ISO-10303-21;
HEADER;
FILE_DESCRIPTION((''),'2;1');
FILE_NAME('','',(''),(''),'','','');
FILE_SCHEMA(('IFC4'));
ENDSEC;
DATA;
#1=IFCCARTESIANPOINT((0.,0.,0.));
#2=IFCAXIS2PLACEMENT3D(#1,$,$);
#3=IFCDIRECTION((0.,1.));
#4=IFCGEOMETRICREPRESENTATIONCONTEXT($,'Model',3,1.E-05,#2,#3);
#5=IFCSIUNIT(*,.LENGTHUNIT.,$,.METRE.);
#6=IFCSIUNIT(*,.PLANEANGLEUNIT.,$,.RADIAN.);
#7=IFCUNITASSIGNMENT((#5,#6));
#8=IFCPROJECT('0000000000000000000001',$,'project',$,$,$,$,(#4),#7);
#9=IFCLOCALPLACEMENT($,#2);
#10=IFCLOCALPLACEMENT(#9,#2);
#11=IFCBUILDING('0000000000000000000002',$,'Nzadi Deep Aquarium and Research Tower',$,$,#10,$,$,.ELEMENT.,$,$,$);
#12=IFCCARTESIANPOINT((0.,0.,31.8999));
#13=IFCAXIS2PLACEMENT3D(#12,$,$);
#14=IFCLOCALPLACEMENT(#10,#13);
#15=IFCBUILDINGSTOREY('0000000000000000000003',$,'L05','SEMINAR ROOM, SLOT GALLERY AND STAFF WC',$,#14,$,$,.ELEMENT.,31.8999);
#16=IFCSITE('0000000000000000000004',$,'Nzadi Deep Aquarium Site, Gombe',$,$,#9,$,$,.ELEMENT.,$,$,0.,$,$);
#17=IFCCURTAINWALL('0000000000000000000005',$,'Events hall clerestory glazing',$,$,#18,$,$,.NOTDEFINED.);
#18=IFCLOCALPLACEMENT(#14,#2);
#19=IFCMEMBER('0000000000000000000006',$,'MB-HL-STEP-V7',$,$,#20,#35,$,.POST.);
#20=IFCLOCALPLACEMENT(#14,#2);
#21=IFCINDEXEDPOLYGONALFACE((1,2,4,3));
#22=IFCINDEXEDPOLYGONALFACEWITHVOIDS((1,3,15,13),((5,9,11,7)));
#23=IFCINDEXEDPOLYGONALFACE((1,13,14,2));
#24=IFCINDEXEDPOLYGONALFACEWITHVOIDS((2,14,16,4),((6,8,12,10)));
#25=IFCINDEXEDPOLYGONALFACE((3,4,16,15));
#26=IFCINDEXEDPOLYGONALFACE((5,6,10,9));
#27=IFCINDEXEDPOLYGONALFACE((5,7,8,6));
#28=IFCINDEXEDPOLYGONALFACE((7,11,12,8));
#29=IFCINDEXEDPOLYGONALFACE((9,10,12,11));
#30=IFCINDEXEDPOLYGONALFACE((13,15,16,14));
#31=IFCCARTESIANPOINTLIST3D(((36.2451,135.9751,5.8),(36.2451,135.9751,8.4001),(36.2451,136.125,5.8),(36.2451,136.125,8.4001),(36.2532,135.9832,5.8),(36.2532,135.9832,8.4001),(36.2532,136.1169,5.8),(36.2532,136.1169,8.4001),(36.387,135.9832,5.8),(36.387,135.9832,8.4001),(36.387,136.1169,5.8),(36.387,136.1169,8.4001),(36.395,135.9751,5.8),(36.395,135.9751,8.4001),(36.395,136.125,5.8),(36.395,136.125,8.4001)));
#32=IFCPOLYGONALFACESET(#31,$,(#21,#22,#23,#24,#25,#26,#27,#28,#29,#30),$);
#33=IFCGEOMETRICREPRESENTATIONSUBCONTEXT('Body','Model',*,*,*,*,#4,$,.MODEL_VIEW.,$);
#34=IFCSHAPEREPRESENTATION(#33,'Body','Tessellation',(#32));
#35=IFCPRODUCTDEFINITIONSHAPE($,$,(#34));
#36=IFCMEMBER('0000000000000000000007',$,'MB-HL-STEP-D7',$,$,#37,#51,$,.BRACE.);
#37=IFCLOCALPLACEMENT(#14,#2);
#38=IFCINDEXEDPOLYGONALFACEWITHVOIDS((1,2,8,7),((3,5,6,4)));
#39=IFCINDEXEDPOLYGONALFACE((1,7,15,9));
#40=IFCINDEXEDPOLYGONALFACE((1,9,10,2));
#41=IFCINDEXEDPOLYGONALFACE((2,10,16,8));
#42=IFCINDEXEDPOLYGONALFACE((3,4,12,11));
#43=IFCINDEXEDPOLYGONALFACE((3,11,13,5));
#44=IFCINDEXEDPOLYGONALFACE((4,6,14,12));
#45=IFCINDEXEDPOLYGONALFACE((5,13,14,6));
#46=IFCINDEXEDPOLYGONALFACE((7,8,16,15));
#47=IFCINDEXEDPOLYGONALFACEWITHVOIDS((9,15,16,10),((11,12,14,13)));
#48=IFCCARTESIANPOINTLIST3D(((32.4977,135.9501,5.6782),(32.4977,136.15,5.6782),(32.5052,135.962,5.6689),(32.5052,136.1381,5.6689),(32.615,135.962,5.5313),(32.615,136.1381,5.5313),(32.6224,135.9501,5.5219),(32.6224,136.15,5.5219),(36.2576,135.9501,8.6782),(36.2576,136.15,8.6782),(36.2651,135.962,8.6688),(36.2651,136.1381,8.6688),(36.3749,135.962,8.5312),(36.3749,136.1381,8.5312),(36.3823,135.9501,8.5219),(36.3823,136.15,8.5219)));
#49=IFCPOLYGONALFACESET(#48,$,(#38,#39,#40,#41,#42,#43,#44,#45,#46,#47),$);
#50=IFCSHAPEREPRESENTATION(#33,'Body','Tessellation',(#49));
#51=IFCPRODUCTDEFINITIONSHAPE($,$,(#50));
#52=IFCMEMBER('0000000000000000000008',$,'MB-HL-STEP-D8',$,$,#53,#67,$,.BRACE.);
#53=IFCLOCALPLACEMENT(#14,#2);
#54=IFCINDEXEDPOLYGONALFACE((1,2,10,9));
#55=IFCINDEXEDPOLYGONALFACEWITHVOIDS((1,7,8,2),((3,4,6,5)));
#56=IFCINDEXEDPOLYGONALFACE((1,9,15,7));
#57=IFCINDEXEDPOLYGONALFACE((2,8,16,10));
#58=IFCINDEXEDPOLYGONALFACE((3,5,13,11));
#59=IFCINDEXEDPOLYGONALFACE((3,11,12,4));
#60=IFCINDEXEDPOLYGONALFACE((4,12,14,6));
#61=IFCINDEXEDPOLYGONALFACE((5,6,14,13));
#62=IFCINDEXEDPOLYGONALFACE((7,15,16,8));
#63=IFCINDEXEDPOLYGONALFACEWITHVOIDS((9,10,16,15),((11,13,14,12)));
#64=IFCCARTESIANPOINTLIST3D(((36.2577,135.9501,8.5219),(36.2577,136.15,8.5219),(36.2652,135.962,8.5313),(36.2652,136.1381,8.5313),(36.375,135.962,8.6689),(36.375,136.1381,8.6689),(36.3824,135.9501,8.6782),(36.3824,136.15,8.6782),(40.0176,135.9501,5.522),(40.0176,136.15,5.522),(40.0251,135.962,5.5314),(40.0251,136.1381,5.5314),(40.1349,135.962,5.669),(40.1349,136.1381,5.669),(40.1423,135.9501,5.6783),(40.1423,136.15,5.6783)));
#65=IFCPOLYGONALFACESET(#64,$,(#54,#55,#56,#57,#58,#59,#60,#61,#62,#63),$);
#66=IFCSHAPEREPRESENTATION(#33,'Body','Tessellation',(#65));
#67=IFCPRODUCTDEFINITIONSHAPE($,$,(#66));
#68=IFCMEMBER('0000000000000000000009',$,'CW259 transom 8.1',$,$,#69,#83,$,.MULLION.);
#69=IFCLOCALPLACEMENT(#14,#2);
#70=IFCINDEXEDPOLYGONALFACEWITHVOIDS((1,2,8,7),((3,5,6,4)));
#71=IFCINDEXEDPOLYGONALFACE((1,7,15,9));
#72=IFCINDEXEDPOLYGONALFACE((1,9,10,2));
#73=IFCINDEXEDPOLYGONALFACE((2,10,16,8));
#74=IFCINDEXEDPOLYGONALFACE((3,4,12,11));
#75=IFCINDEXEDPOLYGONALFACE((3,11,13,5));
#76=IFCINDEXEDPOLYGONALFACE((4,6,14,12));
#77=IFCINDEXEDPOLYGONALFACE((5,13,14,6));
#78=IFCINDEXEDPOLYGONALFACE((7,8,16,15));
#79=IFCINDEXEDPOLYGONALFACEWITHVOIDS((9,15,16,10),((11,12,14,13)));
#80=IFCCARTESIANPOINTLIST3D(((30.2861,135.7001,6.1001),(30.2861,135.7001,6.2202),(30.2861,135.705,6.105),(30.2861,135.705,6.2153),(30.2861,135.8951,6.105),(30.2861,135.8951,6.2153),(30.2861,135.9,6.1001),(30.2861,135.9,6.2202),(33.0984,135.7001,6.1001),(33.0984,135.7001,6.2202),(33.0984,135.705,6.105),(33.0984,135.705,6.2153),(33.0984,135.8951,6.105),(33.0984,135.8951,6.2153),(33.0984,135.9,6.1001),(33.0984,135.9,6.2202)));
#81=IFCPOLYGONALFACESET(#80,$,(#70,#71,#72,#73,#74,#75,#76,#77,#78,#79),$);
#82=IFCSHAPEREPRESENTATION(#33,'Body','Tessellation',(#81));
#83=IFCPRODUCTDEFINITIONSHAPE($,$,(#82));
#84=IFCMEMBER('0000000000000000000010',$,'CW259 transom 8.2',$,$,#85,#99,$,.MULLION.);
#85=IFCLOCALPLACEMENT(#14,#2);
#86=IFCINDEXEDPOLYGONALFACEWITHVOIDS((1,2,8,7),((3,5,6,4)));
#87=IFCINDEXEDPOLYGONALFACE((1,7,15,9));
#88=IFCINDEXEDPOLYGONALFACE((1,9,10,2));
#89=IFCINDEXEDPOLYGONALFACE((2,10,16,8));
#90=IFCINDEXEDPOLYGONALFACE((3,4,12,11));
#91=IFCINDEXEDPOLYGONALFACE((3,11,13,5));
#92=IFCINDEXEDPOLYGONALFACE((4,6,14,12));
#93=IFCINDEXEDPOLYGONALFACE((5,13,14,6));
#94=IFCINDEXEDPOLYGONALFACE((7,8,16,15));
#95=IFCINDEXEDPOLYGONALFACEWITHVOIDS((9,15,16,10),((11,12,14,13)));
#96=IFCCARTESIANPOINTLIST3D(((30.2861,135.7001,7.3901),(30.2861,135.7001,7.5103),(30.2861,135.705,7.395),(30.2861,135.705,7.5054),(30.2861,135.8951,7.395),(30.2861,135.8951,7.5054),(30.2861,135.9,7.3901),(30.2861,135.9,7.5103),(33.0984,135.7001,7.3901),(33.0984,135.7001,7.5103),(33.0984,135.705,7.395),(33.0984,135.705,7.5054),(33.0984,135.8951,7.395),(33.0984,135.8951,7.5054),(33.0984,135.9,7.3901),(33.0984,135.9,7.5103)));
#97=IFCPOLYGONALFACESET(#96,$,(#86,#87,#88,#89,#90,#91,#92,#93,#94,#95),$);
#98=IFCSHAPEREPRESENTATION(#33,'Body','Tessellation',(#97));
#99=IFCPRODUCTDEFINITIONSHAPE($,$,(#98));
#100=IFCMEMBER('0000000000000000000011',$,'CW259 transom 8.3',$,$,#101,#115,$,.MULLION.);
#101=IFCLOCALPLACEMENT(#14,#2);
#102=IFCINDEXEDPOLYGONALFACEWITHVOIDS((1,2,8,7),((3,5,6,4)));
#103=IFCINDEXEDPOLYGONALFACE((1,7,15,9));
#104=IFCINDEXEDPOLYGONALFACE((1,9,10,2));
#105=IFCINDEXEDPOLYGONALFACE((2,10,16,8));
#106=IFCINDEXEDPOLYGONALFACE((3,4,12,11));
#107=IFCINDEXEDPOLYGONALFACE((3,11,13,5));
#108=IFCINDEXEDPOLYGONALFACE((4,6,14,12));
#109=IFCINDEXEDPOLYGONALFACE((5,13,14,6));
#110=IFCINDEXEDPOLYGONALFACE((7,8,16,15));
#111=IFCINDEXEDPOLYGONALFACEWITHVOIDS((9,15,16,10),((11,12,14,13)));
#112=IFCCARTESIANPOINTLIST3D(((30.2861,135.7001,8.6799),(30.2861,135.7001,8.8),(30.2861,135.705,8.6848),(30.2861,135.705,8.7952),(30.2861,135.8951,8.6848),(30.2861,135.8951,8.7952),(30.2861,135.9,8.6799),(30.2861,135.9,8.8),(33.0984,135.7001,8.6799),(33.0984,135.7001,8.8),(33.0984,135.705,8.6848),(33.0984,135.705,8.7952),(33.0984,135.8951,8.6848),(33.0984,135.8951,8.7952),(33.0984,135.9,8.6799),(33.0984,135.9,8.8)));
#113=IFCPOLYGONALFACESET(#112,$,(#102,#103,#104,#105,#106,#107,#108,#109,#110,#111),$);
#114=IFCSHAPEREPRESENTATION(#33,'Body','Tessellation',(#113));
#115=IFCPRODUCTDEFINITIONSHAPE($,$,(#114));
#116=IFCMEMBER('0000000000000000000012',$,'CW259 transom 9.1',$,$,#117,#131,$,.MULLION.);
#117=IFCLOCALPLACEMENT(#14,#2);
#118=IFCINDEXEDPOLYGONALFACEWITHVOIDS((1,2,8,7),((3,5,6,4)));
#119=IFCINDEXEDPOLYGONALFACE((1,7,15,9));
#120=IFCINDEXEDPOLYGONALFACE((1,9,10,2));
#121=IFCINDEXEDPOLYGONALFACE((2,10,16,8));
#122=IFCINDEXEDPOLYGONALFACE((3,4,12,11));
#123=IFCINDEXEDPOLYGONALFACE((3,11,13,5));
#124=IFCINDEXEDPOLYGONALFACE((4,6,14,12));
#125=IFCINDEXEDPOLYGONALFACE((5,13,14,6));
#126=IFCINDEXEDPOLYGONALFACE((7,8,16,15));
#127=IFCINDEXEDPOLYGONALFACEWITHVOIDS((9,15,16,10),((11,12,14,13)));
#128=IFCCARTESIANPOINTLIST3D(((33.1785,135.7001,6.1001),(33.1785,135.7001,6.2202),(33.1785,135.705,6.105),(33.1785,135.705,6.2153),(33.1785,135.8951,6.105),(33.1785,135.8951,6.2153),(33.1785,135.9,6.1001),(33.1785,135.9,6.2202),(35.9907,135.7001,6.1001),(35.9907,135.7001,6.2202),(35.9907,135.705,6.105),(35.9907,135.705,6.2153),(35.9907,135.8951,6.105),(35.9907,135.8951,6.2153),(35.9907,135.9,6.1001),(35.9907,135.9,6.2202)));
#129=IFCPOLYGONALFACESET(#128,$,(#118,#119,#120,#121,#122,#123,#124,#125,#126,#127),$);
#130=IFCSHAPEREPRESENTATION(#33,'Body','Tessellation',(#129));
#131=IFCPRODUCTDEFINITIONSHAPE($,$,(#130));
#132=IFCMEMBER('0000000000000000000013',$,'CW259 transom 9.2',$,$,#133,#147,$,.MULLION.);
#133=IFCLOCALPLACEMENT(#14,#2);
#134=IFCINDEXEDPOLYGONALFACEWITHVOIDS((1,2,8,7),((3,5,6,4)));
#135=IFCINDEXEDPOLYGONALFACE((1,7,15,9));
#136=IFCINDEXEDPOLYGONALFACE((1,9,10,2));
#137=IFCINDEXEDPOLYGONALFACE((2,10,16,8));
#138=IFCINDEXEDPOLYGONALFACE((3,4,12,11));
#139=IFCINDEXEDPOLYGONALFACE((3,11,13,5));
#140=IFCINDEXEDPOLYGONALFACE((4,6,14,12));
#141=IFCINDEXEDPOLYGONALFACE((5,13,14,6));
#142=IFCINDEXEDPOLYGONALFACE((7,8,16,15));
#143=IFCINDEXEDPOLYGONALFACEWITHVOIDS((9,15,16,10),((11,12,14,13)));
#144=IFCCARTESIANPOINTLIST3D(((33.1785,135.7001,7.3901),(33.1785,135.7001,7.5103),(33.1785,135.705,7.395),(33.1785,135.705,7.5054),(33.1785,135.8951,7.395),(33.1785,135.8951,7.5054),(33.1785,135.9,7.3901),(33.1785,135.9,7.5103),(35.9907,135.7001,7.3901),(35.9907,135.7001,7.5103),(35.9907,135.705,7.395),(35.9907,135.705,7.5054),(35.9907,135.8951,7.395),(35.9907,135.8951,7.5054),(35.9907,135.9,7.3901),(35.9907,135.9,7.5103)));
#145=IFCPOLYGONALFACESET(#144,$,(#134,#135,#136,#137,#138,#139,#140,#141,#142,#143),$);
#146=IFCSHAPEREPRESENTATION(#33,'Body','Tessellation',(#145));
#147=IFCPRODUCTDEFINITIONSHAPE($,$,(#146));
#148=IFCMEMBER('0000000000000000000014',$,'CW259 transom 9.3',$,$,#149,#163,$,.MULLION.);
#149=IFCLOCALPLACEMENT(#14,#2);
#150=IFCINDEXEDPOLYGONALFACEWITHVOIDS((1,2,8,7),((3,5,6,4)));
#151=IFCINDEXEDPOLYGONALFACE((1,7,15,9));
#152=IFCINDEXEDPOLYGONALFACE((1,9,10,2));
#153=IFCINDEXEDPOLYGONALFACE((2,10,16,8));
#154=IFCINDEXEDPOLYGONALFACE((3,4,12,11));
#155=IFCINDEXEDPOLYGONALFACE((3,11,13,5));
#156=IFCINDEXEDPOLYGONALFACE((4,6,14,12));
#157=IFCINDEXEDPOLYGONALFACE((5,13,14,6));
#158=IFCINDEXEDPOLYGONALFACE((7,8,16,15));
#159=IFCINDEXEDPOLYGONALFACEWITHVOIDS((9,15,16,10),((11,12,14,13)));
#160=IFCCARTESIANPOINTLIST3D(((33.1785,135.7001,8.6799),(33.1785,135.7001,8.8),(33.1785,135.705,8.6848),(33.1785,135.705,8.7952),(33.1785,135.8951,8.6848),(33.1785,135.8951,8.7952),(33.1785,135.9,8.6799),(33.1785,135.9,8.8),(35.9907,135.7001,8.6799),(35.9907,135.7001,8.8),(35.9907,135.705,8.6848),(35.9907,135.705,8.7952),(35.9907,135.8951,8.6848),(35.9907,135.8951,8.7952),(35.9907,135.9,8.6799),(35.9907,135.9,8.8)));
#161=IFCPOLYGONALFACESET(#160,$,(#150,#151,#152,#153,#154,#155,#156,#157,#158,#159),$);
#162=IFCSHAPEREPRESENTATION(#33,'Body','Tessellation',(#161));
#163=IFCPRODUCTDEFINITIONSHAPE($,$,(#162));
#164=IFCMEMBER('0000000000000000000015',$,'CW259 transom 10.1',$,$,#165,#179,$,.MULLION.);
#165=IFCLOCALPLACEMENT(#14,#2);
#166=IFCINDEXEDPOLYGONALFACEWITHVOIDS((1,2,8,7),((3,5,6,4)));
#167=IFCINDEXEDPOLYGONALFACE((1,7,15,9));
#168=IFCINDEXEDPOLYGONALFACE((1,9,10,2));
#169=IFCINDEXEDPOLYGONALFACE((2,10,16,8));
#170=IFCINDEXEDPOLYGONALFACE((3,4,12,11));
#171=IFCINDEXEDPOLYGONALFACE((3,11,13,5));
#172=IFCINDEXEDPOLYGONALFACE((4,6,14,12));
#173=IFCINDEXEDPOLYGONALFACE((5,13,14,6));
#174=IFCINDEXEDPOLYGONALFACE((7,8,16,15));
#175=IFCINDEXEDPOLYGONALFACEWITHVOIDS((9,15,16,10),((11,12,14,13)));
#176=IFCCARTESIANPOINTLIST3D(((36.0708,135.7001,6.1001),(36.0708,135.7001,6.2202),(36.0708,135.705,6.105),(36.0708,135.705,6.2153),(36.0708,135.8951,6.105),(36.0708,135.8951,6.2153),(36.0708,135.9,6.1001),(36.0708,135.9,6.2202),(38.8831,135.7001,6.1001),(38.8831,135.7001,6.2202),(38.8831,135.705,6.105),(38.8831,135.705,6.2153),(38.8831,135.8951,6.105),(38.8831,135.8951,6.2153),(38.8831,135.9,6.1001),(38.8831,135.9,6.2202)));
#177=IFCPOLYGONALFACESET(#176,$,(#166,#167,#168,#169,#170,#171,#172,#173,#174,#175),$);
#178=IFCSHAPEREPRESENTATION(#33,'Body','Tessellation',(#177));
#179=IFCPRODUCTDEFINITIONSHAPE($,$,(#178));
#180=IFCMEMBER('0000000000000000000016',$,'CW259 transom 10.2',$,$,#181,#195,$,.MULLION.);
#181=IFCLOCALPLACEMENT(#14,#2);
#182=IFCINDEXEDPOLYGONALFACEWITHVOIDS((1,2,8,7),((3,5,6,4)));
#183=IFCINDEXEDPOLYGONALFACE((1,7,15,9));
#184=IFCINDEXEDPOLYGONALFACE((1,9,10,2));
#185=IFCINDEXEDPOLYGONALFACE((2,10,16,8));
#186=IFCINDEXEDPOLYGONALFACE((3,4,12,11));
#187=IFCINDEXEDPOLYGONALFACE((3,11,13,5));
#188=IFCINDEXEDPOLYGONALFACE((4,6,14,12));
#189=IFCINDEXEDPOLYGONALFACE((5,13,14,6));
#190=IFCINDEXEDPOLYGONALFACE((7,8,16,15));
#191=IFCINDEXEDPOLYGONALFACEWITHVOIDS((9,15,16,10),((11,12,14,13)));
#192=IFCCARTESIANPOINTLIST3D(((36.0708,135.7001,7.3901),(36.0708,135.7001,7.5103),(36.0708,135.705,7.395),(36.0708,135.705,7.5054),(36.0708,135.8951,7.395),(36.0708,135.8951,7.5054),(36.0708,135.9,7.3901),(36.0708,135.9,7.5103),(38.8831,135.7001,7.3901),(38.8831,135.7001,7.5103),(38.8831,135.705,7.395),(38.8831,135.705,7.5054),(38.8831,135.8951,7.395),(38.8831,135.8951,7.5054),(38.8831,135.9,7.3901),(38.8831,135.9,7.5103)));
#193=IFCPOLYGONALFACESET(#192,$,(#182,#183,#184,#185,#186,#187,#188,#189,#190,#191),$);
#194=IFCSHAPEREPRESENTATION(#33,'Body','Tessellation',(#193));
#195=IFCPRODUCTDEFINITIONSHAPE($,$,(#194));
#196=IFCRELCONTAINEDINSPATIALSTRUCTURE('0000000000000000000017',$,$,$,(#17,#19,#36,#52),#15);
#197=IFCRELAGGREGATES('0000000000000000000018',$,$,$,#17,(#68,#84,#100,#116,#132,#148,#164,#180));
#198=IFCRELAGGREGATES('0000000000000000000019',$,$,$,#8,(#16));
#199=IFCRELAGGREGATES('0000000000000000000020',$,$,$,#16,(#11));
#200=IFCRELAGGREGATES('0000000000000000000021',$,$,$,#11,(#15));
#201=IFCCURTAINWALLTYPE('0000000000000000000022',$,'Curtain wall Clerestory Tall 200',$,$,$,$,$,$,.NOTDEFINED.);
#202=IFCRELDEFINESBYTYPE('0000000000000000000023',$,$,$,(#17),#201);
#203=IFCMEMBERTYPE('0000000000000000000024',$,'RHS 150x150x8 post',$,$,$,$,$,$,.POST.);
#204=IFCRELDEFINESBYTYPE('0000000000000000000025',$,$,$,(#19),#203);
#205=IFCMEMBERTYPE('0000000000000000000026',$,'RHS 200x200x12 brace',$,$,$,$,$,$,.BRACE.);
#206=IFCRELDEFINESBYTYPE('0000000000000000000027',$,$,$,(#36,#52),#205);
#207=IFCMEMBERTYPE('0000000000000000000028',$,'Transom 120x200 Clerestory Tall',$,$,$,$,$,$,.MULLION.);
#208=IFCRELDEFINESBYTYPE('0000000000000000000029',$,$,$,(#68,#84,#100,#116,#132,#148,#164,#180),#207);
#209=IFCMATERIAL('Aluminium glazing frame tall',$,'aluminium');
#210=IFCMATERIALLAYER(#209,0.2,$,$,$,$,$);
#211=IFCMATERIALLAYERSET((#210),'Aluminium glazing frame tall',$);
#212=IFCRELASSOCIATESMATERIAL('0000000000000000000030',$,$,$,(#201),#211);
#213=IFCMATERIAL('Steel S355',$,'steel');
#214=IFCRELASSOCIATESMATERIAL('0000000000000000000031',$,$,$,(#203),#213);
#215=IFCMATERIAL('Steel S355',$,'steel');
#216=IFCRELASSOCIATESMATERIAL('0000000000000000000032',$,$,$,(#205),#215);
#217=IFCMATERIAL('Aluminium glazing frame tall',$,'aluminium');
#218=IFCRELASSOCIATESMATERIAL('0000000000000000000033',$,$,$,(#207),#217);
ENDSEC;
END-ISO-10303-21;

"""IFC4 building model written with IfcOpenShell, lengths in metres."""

from ifc_helpers import new_model, si_unit, direction, frame, origin, origin_2d, place, context, subcontext, project, spatial, hollow_rectangle, extrude, material, layer, layer_set, material_profile, profile_set, type_object, element, aggregate, save


model = new_model("IFC4")

# Units and contexts
model_context = context("Model", 3, precision=1e-05, world=origin(), true_north=direction((0.0, 1.0)))
body_context = subcontext(model_context, "Body", "Model", "MODEL_VIEW")
ifc_project = project(units=[si_unit("LENGTHUNIT", "METRE"), si_unit("PLANEANGLEUNIT", "RADIAN")], contexts=[model_context])

# Site, building, storey
site_placement = place(None, origin())
site = spatial("IfcSite", under=ifc_project, at=site_placement, Name="Nzadi Deep Aquarium Site, Gombe", CompositionType="ELEMENT", RefElevation=0.0)
building_placement = place(site_placement, origin())
building = spatial("IfcBuilding", under=site, at=building_placement, Name="Nzadi Deep Aquarium and Research Tower", CompositionType="ELEMENT")
storey_placement = place(building_placement, frame((0.0, 0.0, 31.8999)))
storey = spatial("IfcBuildingStorey", under=building, at=storey_placement, Name="L05", Description="SEMINAR ROOM, SLOT GALLERY AND STAFF WC", CompositionType="ELEMENT", Elevation=31.8999)

# Curtain wall
ifc_material_1 = material(Name="Aluminium glazing frame tall", Category="aluminium")
ifc_layer_1 = layer(ifc_material_1, 0.2)
ifc_layer_set_1 = layer_set([ifc_layer_1], Name="Aluminium glazing frame tall")
curtain_wall_type = type_object("IfcCurtainWallType", Name="Curtain wall Clerestory Tall 200", PredefinedType="NOTDEFINED", material=ifc_layer_set_1)
curtain_wall_placement = place(storey_placement, origin())
curtain_wall = element("IfcCurtainWall", 1, at=curtain_wall_placement, inside=storey, type_object=curtain_wall_type, Name="Events hall clerestory glazing", PredefinedType="NOTDEFINED")

# Members
ifc_material_2 = material(Name="Steel S355", Category="steel")
ifc_material_profile_1 = material_profile(ifc_material_2, hollow_rectangle(XDim=0.1499, YDim=0.1499, WallThickness=0.0081, at=origin_2d()))
ifc_profile_set_1 = profile_set([ifc_material_profile_1], Name="Steel S355")
member_type_1 = type_object("IfcMemberType", Name="RHS 150x150x8 post", PredefinedType="POST", material=ifc_profile_set_1)
for number, where, z_axis, x_axis, name in (
    (2, (36.3201, 136.05, 5.8), (0.0, 0.0, 1.0), (1.0, 0.0, 0.0), "MB-HL-STEP-V7"),
):
    element("IfcMember", number, at=place(storey_placement, frame(where, z_axis=z_axis, x_axis=x_axis)), inside=storey, type_object=member_type_1, Name=name, PredefinedType="POST", context=body_context, shape_type="SweptSolid", body=[
        extrude(hollow_rectangle(XDim=0.1499, YDim=0.1499, WallThickness=0.0081, at=origin_2d()), origin(), (0.0, 0.0, 1.0), 2.6001),
    ])
ifc_material_3 = material(Name="Steel S355", Category="steel")
ifc_material_profile_2 = material_profile(ifc_material_3, hollow_rectangle(XDim=0.2, YDim=0.2, WallThickness=0.012, at=origin_2d()))
ifc_profile_set_2 = profile_set([ifc_material_profile_2], Name="Steel S355")
member_type_2 = type_object("IfcMemberType", Name="RHS 200x200x12 brace", PredefinedType="BRACE", material=ifc_profile_set_2)
for number, where, z_axis, x_axis, name in (
    (3, (32.5601, 136.05, 5.6001), (0.78168, 0.0, 0.623679), (0.0, 1.0, 0.0), "MB-HL-STEP-D7"),
    (4, (36.3201, 136.05, 8.6001), (0.78168, 0.0, -0.623679), (0.0, 1.0, 0.0), "MB-HL-STEP-D8"),
):
    element("IfcMember", number, at=place(storey_placement, frame(where, z_axis=z_axis, x_axis=x_axis)), inside=storey, type_object=member_type_2, Name=name, PredefinedType="BRACE", context=body_context, shape_type="SweptSolid", body=[
        extrude(hollow_rectangle(XDim=0.2, YDim=0.2, WallThickness=0.012, at=origin_2d()), origin(), (0.0, 0.0, 1.0), 4.8101),
    ])

# Members
ifc_material_4 = material(Name="Aluminium glazing frame tall", Category="aluminium")
ifc_material_profile_3 = material_profile(ifc_material_4, hollow_rectangle(XDim=0.2, YDim=0.1201, WallThickness=0.0049, at=origin_2d()))
ifc_profile_set_3 = profile_set([ifc_material_profile_3], Name="Aluminium glazing frame tall")
member_type_3 = type_object("IfcMemberType", Name="Transom 120x200 Clerestory Tall", PredefinedType="MULLION", material=ifc_profile_set_3)
member_1_placement = place(storey_placement, frame((30.2861, 135.8, 6.1602), z_axis=(1.0, 0.0, 0.0), x_axis=(0.0, 1.0, 0.0)))
member_1 = element("IfcMember", 5, at=member_1_placement, type_object=member_type_3, Name="CW259 transom 8.1", PredefinedType="MULLION", context=body_context, shape_type="SweptSolid", body=[
    extrude(hollow_rectangle(XDim=0.2, YDim=0.1201, WallThickness=0.0049, at=origin_2d()), origin(), (0.0, 0.0, 1.0), 2.8123),
])
member_2_placement = place(storey_placement, frame((30.2861, 135.8, 7.4502), z_axis=(1.0, 0.0, 0.0), x_axis=(0.0, 1.0, 0.0)))
member_2 = element("IfcMember", 6, at=member_2_placement, type_object=member_type_3, Name="CW259 transom 8.2", PredefinedType="MULLION", context=body_context, shape_type="SweptSolid", body=[
    extrude(hollow_rectangle(XDim=0.2, YDim=0.1201, WallThickness=0.0049, at=origin_2d()), origin(), (0.0, 0.0, 1.0), 2.8123),
])
member_3_placement = place(storey_placement, frame((30.2861, 135.8, 8.74), z_axis=(1.0, 0.0, 0.0), x_axis=(0.0, 1.0, 0.0)))
member_3 = element("IfcMember", 7, at=member_3_placement, type_object=member_type_3, Name="CW259 transom 8.3", PredefinedType="MULLION", context=body_context, shape_type="SweptSolid", body=[
    extrude(hollow_rectangle(XDim=0.2, YDim=0.1201, WallThickness=0.0049, at=origin_2d()), origin(), (0.0, 0.0, 1.0), 2.8123),
])
member_4_placement = place(storey_placement, frame((33.1785, 135.8, 6.1602), z_axis=(1.0, 0.0, 0.0), x_axis=(0.0, 1.0, 0.0)))
member_4 = element("IfcMember", 8, at=member_4_placement, type_object=member_type_3, Name="CW259 transom 9.1", PredefinedType="MULLION", context=body_context, shape_type="SweptSolid", body=[
    extrude(hollow_rectangle(XDim=0.2, YDim=0.1201, WallThickness=0.0049, at=origin_2d()), origin(), (0.0, 0.0, 1.0), 2.8123),
])
member_5_placement = place(storey_placement, frame((33.1785, 135.8, 7.4502), z_axis=(1.0, 0.0, 0.0), x_axis=(0.0, 1.0, 0.0)))
member_5 = element("IfcMember", 9, at=member_5_placement, type_object=member_type_3, Name="CW259 transom 9.2", PredefinedType="MULLION", context=body_context, shape_type="SweptSolid", body=[
    extrude(hollow_rectangle(XDim=0.2, YDim=0.1201, WallThickness=0.0049, at=origin_2d()), origin(), (0.0, 0.0, 1.0), 2.8123),
])
member_6_placement = place(storey_placement, frame((33.1785, 135.8, 8.74), z_axis=(1.0, 0.0, 0.0), x_axis=(0.0, 1.0, 0.0)))
member_6 = element("IfcMember", 10, at=member_6_placement, type_object=member_type_3, Name="CW259 transom 9.3", PredefinedType="MULLION", context=body_context, shape_type="SweptSolid", body=[
    extrude(hollow_rectangle(XDim=0.2, YDim=0.1201, WallThickness=0.0049, at=origin_2d()), origin(), (0.0, 0.0, 1.0), 2.8123),
])
member_7_placement = place(storey_placement, frame((36.0708, 135.8, 6.1602), z_axis=(1.0, 0.0, 0.0), x_axis=(0.0, 1.0, 0.0)))
member_7 = element("IfcMember", 11, at=member_7_placement, type_object=member_type_3, Name="CW259 transom 10.1", PredefinedType="MULLION", context=body_context, shape_type="SweptSolid", body=[
    extrude(hollow_rectangle(XDim=0.2, YDim=0.1201, WallThickness=0.0049, at=origin_2d()), origin(), (0.0, 0.0, 1.0), 2.8123),
])
member_8_placement = place(storey_placement, frame((36.0708, 135.8, 7.4502), z_axis=(1.0, 0.0, 0.0), x_axis=(0.0, 1.0, 0.0)))
member_8 = element("IfcMember", 12, at=member_8_placement, type_object=member_type_3, Name="CW259 transom 10.2", PredefinedType="MULLION", context=body_context, shape_type="SweptSolid", body=[
    extrude(hollow_rectangle(XDim=0.2, YDim=0.1201, WallThickness=0.0049, at=origin_2d()), origin(), (0.0, 0.0, 1.0), 2.8123),
])

aggregate(curtain_wall, [member_1, member_2, member_3, member_4, member_5, member_6, member_7, member_8])

save(model, "model.ifc")
